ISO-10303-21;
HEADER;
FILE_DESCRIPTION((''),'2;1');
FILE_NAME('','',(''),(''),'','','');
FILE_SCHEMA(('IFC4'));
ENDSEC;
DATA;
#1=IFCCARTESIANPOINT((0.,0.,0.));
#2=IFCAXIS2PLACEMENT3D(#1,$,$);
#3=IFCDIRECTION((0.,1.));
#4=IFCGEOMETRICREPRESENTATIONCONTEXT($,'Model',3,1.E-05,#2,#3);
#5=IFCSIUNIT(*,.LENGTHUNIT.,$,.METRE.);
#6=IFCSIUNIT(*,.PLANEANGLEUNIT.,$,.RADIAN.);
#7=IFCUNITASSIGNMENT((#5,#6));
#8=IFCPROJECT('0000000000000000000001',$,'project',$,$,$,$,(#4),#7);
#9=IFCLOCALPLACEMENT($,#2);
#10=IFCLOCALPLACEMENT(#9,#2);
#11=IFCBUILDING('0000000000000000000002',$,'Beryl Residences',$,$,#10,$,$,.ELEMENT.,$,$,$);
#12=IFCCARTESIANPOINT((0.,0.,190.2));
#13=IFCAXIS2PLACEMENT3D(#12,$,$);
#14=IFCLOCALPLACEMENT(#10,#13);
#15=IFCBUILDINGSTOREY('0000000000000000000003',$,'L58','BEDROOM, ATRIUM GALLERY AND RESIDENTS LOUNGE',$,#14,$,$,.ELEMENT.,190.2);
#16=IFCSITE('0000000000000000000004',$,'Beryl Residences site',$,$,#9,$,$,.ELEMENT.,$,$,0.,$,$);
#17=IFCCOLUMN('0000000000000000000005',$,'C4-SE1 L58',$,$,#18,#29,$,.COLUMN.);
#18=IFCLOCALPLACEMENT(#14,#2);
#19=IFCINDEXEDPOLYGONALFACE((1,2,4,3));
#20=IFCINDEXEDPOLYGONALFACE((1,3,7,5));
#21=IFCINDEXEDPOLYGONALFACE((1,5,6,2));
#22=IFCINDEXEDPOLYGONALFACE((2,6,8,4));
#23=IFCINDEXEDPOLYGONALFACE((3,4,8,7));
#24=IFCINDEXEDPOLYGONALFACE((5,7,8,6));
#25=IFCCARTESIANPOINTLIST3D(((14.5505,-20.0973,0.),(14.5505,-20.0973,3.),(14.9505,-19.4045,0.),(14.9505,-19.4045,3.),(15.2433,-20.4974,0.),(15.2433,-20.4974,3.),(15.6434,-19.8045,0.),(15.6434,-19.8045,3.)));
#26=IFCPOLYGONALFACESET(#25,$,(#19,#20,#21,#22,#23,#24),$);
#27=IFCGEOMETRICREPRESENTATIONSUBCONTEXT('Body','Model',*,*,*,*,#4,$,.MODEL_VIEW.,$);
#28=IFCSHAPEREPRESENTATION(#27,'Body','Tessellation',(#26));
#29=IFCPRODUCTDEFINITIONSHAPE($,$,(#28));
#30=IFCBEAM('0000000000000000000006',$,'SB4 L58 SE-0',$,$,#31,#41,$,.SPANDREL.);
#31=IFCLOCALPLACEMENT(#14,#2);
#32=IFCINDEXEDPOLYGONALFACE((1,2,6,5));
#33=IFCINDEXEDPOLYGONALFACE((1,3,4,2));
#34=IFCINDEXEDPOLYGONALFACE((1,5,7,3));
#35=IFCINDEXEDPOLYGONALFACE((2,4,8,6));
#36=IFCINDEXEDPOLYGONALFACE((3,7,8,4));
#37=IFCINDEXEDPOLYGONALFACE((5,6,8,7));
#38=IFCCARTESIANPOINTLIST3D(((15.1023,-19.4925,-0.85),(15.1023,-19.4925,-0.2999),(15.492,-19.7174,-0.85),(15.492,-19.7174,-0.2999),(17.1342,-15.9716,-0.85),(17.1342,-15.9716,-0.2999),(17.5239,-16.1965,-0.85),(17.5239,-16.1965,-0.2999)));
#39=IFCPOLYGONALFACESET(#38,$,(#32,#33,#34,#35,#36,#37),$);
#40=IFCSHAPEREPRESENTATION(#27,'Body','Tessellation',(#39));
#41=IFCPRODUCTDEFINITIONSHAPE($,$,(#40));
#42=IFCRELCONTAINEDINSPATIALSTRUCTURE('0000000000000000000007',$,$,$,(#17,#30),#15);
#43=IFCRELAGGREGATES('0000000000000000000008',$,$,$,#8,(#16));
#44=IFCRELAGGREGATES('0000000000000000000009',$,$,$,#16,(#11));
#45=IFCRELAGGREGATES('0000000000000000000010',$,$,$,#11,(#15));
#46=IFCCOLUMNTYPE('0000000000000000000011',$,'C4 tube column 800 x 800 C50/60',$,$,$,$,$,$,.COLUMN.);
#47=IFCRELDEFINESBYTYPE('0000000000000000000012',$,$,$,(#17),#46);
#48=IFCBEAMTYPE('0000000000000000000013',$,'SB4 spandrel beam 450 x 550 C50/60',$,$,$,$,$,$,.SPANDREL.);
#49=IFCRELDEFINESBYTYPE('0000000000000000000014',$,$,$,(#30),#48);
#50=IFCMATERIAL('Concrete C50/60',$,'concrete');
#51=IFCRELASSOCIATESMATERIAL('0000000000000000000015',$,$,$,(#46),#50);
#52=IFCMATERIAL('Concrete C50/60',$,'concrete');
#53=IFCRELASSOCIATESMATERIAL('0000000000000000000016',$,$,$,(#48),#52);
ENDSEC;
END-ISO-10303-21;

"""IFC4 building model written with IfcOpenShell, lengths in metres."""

from ifc_helpers import new_model, si_unit, direction, frame, origin, origin_2d, place, context, subcontext, project, spatial, rectangle, extrude, material, material_profile, profile_set, type_object, element, save


model = new_model("IFC4")

# Units and contexts
model_context = context("Model", 3, precision=1e-05, world=origin(), true_north=direction((0.0, 1.0)))
body_context = subcontext(model_context, "Body", "Model", "MODEL_VIEW")
ifc_project = project(units=[si_unit("LENGTHUNIT", "METRE"), si_unit("PLANEANGLEUNIT", "RADIAN")], contexts=[model_context])

# Site, building, storey
site_placement = place(None, origin())
site = spatial("IfcSite", under=ifc_project, at=site_placement, Name="Beryl Residences site", CompositionType="ELEMENT", RefElevation=0.0)
building_placement = place(site_placement, origin())
building = spatial("IfcBuilding", under=site, at=building_placement, Name="Beryl Residences", CompositionType="ELEMENT")
storey_placement = place(building_placement, frame((0.0, 0.0, 190.2)))
storey = spatial("IfcBuildingStorey", under=building, at=storey_placement, Name="L58", Description="BEDROOM, ATRIUM GALLERY AND RESIDENTS LOUNGE", CompositionType="ELEMENT", Elevation=190.2)

# Column
ifc_material_1 = material(Name="Concrete C50/60", Category="concrete")
ifc_material_profile_1 = material_profile(ifc_material_1, rectangle(XDim=0.8, YDim=0.8, at=origin_2d()))
ifc_profile_set_1 = profile_set([ifc_material_profile_1], Name="Concrete C50/60")
column_type = type_object("IfcColumnType", Name="C4 tube column 800 x 800 C50/60", PredefinedType="COLUMN", material=ifc_profile_set_1)
column_placement = place(storey_placement, frame((15.0969, -19.9509, 0.0), z_axis=(0.0, 0.0, 1.0), x_axis=(0.5, 0.866025, 0.0)))
element("IfcColumn", 1, at=column_placement, inside=storey, type_object=column_type, Name="C4-SE1 L58", PredefinedType="COLUMN", context=body_context, shape_type="SweptSolid", body=[
    extrude(rectangle(XDim=0.8, YDim=0.8, at=origin_2d()), origin(), (0.0, 0.0, 1.0), 3.0),
])

# Beam
ifc_material_2 = material(Name="Concrete C50/60", Category="concrete")
ifc_material_profile_2 = material_profile(ifc_material_2, rectangle(XDim=0.45, YDim=0.55, at=origin_2d()))
ifc_profile_set_2 = profile_set([ifc_material_profile_2], Name="Concrete C50/60")
beam_type = type_object("IfcBeamType", Name="SB4 spandrel beam 450 x 550 C50/60", PredefinedType="SPANDREL", material=ifc_profile_set_2)
beam_placement = place(storey_placement, frame((15.2971, -19.605, -0.575), z_axis=(0.49984, 0.866118, 0.0), x_axis=(-0.866118, 0.49984, 0.0)))
element("IfcBeam", 2, at=beam_placement, inside=storey, type_object=beam_type, Name="SB4 L58 SE-0", PredefinedType="SPANDREL", context=body_context, shape_type="SweptSolid", body=[
    extrude(rectangle(XDim=0.45, YDim=0.55, at=origin_2d()), origin(), (0.0, 0.0, 1.0), 4.0652),
])

save(model, "model.ifc")
